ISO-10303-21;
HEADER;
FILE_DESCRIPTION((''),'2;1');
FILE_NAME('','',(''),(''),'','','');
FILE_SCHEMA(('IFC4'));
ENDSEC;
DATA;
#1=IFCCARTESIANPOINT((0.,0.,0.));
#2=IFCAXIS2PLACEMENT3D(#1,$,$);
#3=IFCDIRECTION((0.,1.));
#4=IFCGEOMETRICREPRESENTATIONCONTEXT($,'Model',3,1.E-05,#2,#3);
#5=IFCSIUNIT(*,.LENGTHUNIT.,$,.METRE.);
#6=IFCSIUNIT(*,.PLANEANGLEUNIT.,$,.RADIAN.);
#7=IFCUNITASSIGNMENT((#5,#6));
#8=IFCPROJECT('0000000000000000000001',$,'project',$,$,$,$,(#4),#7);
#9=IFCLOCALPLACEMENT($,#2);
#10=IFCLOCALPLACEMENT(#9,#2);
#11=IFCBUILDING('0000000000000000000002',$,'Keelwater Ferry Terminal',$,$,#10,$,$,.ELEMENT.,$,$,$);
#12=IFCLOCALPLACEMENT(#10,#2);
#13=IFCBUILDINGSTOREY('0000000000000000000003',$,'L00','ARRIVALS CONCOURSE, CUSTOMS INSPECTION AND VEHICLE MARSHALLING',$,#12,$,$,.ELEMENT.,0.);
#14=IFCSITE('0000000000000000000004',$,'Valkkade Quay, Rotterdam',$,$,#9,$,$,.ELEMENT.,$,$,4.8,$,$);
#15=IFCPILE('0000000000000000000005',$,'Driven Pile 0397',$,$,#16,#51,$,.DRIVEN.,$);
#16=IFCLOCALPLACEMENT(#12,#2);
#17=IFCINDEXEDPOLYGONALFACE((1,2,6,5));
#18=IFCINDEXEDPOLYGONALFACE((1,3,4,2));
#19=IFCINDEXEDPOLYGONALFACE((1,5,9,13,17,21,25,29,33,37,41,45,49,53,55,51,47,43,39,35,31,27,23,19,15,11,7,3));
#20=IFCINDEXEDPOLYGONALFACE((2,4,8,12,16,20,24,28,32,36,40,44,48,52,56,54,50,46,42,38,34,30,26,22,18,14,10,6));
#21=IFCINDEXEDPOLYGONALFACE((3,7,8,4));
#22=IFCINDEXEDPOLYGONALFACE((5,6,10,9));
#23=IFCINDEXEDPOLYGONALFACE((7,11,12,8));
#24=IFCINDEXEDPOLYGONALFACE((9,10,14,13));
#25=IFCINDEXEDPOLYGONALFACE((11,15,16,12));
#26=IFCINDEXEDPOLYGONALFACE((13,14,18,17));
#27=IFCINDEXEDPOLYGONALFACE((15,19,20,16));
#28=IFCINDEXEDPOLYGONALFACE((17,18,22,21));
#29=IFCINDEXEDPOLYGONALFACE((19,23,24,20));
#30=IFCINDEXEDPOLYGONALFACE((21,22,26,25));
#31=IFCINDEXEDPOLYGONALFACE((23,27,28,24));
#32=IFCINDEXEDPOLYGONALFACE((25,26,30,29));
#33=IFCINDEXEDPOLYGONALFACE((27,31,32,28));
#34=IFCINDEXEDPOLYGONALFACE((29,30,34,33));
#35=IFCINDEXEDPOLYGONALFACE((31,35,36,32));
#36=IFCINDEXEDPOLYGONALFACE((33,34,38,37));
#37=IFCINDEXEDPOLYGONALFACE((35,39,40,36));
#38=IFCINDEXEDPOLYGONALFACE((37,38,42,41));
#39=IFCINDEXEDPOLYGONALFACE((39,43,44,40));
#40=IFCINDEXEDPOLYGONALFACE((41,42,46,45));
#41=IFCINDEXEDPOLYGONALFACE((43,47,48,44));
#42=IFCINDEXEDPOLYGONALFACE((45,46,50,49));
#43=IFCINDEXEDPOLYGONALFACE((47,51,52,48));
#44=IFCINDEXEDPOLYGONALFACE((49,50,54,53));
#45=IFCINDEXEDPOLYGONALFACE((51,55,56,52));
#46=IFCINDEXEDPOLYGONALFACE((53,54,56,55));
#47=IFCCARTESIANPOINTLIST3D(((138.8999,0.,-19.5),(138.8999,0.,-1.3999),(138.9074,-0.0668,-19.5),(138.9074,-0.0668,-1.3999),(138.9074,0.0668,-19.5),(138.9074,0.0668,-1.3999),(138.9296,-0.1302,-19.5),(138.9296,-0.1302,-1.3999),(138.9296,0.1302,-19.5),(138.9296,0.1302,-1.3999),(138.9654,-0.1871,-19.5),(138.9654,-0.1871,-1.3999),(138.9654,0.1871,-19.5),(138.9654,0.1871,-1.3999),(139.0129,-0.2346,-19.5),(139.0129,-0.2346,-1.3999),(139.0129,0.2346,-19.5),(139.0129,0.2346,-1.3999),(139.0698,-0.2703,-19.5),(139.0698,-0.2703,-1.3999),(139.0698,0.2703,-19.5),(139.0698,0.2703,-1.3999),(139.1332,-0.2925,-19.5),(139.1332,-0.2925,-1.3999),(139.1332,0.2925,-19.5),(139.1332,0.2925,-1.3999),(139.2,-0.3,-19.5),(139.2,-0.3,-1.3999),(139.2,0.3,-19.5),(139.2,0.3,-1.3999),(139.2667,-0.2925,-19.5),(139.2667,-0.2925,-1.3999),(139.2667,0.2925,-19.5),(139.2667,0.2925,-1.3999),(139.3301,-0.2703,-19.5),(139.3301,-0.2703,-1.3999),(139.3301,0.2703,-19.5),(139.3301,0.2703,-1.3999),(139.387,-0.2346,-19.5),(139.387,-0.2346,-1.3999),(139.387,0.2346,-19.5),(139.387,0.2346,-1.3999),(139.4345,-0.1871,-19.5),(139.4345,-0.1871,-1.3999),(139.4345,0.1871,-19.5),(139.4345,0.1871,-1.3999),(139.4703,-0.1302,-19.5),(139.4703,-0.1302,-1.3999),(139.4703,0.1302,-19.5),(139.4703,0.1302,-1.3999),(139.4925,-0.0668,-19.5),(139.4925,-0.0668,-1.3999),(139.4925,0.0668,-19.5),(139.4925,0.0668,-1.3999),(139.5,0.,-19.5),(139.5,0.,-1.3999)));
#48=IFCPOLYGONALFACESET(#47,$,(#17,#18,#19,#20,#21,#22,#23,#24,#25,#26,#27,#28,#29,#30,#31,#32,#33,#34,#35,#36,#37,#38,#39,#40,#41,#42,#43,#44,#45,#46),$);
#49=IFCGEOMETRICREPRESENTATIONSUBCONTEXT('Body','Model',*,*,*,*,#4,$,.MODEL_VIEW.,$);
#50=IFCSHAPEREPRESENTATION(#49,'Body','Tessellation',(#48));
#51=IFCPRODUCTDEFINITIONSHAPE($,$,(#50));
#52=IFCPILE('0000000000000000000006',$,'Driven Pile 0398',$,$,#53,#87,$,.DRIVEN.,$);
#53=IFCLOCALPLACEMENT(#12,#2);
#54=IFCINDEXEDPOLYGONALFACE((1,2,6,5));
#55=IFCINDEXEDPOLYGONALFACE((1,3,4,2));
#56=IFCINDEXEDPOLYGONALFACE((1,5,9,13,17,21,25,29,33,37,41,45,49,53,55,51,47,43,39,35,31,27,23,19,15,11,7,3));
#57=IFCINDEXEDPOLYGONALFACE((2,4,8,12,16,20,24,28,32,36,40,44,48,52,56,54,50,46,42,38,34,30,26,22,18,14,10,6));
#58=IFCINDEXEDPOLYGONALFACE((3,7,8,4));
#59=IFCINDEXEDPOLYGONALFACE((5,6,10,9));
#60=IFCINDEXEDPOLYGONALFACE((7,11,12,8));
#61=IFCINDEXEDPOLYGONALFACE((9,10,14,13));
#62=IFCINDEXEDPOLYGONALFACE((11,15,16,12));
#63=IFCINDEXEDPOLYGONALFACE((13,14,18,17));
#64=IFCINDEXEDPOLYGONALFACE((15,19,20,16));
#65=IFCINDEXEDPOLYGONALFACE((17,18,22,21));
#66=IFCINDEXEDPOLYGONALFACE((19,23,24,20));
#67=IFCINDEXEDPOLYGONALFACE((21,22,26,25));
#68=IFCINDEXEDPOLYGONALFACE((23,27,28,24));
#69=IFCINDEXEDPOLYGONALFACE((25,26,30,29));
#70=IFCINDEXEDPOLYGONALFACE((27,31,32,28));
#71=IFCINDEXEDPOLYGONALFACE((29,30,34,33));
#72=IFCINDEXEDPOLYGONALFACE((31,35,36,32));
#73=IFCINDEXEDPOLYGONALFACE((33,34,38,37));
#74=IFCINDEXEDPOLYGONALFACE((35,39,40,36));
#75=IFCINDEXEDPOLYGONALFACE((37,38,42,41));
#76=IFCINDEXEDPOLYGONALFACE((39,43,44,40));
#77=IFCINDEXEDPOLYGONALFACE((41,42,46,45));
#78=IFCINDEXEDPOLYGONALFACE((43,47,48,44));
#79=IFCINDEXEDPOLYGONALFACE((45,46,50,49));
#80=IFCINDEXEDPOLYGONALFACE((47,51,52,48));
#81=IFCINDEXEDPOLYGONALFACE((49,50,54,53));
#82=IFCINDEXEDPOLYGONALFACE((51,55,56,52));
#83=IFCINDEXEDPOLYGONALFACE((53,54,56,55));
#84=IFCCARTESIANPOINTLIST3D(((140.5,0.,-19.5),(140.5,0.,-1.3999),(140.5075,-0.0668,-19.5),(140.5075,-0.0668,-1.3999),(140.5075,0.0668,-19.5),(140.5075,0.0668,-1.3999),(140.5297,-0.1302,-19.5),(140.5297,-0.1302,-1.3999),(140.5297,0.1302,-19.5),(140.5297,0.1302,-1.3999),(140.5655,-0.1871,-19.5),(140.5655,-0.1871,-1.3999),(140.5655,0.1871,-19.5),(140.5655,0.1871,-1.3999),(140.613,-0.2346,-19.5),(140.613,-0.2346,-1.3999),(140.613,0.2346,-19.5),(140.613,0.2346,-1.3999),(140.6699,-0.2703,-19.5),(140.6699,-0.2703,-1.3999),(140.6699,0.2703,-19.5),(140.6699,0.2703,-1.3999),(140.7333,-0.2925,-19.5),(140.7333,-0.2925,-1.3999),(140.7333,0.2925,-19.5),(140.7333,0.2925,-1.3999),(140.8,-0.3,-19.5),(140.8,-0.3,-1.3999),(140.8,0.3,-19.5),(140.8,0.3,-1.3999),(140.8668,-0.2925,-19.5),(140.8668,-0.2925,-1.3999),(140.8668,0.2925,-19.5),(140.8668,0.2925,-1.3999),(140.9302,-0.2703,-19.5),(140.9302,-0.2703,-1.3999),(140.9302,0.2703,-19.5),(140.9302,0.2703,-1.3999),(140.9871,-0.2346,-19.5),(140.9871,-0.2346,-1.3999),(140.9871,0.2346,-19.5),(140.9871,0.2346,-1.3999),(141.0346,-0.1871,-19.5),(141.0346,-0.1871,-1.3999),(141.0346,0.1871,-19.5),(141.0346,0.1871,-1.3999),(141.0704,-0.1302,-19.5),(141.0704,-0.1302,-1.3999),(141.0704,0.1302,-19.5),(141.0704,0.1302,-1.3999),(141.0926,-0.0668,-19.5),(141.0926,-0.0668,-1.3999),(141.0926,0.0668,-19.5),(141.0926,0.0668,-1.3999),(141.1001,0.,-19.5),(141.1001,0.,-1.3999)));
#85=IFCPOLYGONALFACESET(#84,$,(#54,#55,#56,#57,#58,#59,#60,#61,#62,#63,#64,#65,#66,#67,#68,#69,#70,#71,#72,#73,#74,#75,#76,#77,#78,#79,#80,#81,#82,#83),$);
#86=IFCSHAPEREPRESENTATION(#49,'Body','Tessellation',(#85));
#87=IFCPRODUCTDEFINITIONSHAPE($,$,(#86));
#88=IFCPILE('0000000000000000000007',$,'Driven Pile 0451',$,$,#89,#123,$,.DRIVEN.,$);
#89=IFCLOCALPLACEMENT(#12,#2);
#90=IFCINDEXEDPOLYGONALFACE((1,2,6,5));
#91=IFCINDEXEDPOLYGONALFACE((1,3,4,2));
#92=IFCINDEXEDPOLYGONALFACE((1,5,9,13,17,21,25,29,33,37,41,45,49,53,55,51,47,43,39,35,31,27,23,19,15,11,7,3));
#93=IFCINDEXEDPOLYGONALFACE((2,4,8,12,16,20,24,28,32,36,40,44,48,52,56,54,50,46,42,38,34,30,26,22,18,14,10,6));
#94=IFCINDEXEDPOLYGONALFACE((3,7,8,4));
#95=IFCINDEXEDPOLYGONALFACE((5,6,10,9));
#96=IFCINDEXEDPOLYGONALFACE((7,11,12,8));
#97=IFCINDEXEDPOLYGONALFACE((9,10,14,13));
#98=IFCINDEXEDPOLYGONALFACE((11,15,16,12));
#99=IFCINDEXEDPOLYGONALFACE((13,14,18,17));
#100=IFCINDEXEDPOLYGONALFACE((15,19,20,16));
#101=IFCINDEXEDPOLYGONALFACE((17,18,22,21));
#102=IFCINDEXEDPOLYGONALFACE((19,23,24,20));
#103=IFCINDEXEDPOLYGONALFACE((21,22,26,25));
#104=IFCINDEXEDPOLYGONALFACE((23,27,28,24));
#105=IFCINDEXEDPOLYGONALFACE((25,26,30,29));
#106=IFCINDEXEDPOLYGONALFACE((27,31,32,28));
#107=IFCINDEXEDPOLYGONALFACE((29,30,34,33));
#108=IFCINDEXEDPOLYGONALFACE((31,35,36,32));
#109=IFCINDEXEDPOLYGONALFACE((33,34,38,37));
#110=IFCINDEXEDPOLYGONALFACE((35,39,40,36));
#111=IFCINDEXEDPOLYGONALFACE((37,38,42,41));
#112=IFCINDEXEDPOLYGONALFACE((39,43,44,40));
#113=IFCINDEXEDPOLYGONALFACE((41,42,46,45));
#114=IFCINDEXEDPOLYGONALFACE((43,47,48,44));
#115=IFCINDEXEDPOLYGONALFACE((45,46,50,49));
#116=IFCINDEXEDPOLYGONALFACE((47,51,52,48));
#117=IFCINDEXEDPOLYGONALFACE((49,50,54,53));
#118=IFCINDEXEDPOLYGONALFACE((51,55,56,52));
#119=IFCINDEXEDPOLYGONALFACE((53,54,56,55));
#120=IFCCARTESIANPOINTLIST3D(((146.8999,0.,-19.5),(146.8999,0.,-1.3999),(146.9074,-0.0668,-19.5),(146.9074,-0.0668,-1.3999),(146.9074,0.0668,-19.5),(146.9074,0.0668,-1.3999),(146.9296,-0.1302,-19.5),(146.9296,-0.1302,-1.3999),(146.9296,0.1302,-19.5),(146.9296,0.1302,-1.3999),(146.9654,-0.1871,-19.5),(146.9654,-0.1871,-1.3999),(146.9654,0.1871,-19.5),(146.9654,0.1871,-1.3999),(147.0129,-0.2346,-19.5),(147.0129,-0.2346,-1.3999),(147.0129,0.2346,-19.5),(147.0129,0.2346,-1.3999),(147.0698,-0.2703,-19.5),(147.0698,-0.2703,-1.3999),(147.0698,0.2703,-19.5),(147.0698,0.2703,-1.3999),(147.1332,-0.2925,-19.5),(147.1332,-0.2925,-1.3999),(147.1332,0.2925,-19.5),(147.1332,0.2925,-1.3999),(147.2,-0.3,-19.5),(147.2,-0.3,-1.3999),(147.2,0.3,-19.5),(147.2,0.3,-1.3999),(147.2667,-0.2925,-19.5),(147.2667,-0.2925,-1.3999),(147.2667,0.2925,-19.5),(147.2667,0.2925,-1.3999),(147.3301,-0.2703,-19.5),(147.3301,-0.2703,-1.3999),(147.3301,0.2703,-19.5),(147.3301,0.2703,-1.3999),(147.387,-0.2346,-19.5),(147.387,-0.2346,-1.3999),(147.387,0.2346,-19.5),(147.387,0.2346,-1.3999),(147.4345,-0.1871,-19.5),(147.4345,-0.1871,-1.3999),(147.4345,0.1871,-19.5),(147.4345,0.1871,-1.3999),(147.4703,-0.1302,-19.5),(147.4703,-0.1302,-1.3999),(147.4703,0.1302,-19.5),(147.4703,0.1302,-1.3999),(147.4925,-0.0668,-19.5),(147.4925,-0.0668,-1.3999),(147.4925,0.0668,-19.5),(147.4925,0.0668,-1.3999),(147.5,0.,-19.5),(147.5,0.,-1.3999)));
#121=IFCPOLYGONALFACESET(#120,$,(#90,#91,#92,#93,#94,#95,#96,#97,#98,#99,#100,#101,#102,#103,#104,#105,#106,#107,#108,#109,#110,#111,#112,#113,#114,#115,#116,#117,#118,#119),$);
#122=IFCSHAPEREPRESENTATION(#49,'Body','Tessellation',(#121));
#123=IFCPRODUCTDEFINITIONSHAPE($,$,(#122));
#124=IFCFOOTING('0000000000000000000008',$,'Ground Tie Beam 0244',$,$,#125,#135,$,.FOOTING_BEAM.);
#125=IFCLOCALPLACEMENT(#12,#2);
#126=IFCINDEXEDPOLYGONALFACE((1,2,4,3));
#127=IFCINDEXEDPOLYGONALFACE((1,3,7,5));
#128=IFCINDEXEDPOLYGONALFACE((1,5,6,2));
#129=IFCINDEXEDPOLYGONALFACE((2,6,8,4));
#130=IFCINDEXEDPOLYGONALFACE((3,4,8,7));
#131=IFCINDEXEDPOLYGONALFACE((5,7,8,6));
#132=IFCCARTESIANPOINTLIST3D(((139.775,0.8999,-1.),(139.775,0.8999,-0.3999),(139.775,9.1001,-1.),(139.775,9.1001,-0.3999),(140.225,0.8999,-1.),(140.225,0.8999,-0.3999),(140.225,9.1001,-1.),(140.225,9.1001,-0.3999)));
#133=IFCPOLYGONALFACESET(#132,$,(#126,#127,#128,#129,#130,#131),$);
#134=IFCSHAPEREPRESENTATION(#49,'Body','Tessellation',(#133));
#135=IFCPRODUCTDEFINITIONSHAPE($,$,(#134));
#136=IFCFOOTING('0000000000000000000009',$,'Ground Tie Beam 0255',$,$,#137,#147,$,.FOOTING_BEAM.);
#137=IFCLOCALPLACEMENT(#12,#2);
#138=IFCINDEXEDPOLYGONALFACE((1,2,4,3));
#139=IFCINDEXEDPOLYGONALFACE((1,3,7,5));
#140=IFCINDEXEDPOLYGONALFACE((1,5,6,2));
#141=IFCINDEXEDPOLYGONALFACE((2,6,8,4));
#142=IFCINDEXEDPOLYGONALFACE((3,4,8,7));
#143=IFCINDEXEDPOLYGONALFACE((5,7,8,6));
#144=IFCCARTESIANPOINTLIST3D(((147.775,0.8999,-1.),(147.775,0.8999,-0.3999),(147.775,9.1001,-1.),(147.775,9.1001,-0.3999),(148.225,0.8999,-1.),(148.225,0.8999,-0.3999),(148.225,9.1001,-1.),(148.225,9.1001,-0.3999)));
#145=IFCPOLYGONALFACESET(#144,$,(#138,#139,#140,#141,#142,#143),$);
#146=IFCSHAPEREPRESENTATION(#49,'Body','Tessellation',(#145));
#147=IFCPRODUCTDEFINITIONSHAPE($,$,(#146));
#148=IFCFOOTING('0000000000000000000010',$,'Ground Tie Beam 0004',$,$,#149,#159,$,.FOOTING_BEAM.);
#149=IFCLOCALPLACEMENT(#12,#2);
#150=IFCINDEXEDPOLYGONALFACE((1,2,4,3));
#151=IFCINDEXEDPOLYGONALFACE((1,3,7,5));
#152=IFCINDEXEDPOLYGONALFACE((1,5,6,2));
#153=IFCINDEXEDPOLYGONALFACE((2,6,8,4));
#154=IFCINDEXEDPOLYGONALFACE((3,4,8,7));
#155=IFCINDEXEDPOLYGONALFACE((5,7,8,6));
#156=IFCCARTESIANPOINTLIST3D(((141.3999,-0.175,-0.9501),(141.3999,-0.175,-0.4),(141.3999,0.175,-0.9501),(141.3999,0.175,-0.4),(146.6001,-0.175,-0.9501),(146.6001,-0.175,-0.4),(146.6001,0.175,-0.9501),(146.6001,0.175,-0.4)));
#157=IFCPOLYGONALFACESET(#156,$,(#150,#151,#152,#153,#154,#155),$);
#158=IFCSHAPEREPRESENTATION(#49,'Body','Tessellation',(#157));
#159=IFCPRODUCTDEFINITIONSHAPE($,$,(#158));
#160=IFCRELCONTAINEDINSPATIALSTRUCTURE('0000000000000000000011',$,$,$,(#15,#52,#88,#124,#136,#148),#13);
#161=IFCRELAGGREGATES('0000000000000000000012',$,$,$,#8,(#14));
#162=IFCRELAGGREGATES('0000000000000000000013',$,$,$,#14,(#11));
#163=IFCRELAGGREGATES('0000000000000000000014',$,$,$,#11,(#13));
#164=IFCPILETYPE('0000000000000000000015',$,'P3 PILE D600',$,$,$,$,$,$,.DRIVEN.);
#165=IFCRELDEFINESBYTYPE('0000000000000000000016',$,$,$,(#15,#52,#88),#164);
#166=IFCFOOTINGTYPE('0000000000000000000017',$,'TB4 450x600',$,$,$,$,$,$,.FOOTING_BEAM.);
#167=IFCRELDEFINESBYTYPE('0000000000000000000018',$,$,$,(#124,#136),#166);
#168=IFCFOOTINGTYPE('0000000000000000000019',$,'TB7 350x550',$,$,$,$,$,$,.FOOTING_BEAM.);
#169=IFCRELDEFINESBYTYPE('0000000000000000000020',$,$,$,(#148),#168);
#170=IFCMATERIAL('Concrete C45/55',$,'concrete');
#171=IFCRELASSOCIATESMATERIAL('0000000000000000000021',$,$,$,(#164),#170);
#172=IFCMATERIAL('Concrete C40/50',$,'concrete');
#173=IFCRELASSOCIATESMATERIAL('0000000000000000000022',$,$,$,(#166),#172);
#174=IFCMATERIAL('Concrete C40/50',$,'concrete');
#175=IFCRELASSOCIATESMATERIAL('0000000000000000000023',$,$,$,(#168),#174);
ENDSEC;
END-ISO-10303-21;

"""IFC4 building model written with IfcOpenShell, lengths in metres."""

from ifc_helpers import new_model, si_unit, direction, frame, origin, origin_2d, place, context, subcontext, project, spatial, rectangle, circle, extrude, material, material_profile, profile_set, type_object, element, save


model = new_model("IFC4")

# Units and contexts
model_context = context("Model", 3, precision=1e-05, world=origin(), true_north=direction((0.0, 1.0)))
body_context = subcontext(model_context, "Body", "Model", "MODEL_VIEW")
ifc_project = project(units=[si_unit("LENGTHUNIT", "METRE"), si_unit("PLANEANGLEUNIT", "RADIAN")], contexts=[model_context])

# Site, building, storey
site_placement = place(None, origin())
site = spatial("IfcSite", under=ifc_project, at=site_placement, Name="Valkkade Quay, Rotterdam", CompositionType="ELEMENT", RefElevation=4.8)
building_placement = place(site_placement, origin())
building = spatial("IfcBuilding", under=site, at=building_placement, Name="Keelwater Ferry Terminal", CompositionType="ELEMENT")
storey_placement = place(building_placement, origin())
storey = spatial("IfcBuildingStorey", under=building, at=storey_placement, Name="L00", Description="ARRIVALS CONCOURSE, CUSTOMS INSPECTION AND VEHICLE MARSHALLING", CompositionType="ELEMENT", Elevation=0.0)

# Piles
ifc_material_1 = material(Name="Concrete C45/55", Category="concrete")
ifc_material_profile_1 = material_profile(ifc_material_1, circle(Radius=0.3, at=origin_2d()), Name="PILE D600")
ifc_profile_set_1 = profile_set([ifc_material_profile_1], Name="Concrete C45/55")
pile_type = type_object("IfcPileType", Name="P3 PILE D600", PredefinedType="DRIVEN", material=ifc_profile_set_1)
for number, where, z_axis, x_axis, name in (
    (1, (139.2, 0.0, -1.3999), (0.0, 0.0, -1.0), (1.0, 0.0, 0.0), "Driven Pile 0397"),
    (2, (140.8, 0.0, -1.3999), (0.0, 0.0, -1.0), (1.0, 0.0, 0.0), "Driven Pile 0398"),
    (3, (147.2, 0.0, -1.3999), (0.0, 0.0, -1.0), (1.0, 0.0, 0.0), "Driven Pile 0451"),
):
    element("IfcPile", number, at=place(storey_placement, frame(where, z_axis=z_axis, x_axis=x_axis)), inside=storey, type_object=pile_type, Name=name, PredefinedType="DRIVEN", context=body_context, shape_type="SweptSolid", body=[
        extrude(circle(Radius=0.3, at=origin_2d()), origin(), (0.0, 0.0, 1.0), 18.1001),
    ])

# Footings
ifc_material_2 = material(Name="Concrete C40/50", Category="concrete")
ifc_material_profile_2 = material_profile(ifc_material_2, rectangle(XDim=0.45, YDim=0.6001, at=origin_2d()), Name="TB 450x600")
ifc_profile_set_2 = profile_set([ifc_material_profile_2], Name="Concrete C40/50")
footing_type_1 = type_object("IfcFootingType", Name="TB4 450x600", PredefinedType="FOOTING_BEAM", material=ifc_profile_set_2)
for number, where, z_axis, x_axis, name in (
    (4, (140.0, 0.8999, -0.7), (0.0, 1.0, 0.0), (-1.0, 0.0, 0.0), "Ground Tie Beam 0244"),
    (5, (148.0, 0.8999, -0.7), (0.0, 1.0, 0.0), (-1.0, 0.0, 0.0), "Ground Tie Beam 0255"),
):
    element("IfcFooting", number, at=place(storey_placement, frame(where, z_axis=z_axis, x_axis=x_axis)), inside=storey, type_object=footing_type_1, Name=name, PredefinedType="FOOTING_BEAM", context=body_context, shape_type="SweptSolid", body=[
        extrude(rectangle(XDim=0.45, YDim=0.6001, at=origin_2d()), origin(), (0.0, 0.0, 1.0), 8.2002),
    ])
ifc_material_3 = material(Name="Concrete C40/50", Category="concrete")
ifc_material_profile_3 = material_profile(ifc_material_3, rectangle(XDim=0.3501, YDim=0.55, at=origin_2d()), Name="TB 350x550")
ifc_profile_set_3 = profile_set([ifc_material_profile_3], Name="Concrete C40/50")
footing_type_2 = type_object("IfcFootingType", Name="TB7 350x550", PredefinedType="FOOTING_BEAM", material=ifc_profile_set_3)
footing_placement = place(storey_placement, frame((141.3999, 0.0, -0.675), z_axis=(1.0, 0.0, 0.0), x_axis=(0.0, 1.0, 0.0)))
element("IfcFooting", 6, at=footing_placement, inside=storey, type_object=footing_type_2, Name="Ground Tie Beam 0004", PredefinedType="FOOTING_BEAM", context=body_context, shape_type="SweptSolid", body=[
    extrude(rectangle(XDim=0.3501, YDim=0.55, at=origin_2d()), origin(), (0.0, 0.0, 1.0), 5.2002),
])

save(model, "model.ifc")
